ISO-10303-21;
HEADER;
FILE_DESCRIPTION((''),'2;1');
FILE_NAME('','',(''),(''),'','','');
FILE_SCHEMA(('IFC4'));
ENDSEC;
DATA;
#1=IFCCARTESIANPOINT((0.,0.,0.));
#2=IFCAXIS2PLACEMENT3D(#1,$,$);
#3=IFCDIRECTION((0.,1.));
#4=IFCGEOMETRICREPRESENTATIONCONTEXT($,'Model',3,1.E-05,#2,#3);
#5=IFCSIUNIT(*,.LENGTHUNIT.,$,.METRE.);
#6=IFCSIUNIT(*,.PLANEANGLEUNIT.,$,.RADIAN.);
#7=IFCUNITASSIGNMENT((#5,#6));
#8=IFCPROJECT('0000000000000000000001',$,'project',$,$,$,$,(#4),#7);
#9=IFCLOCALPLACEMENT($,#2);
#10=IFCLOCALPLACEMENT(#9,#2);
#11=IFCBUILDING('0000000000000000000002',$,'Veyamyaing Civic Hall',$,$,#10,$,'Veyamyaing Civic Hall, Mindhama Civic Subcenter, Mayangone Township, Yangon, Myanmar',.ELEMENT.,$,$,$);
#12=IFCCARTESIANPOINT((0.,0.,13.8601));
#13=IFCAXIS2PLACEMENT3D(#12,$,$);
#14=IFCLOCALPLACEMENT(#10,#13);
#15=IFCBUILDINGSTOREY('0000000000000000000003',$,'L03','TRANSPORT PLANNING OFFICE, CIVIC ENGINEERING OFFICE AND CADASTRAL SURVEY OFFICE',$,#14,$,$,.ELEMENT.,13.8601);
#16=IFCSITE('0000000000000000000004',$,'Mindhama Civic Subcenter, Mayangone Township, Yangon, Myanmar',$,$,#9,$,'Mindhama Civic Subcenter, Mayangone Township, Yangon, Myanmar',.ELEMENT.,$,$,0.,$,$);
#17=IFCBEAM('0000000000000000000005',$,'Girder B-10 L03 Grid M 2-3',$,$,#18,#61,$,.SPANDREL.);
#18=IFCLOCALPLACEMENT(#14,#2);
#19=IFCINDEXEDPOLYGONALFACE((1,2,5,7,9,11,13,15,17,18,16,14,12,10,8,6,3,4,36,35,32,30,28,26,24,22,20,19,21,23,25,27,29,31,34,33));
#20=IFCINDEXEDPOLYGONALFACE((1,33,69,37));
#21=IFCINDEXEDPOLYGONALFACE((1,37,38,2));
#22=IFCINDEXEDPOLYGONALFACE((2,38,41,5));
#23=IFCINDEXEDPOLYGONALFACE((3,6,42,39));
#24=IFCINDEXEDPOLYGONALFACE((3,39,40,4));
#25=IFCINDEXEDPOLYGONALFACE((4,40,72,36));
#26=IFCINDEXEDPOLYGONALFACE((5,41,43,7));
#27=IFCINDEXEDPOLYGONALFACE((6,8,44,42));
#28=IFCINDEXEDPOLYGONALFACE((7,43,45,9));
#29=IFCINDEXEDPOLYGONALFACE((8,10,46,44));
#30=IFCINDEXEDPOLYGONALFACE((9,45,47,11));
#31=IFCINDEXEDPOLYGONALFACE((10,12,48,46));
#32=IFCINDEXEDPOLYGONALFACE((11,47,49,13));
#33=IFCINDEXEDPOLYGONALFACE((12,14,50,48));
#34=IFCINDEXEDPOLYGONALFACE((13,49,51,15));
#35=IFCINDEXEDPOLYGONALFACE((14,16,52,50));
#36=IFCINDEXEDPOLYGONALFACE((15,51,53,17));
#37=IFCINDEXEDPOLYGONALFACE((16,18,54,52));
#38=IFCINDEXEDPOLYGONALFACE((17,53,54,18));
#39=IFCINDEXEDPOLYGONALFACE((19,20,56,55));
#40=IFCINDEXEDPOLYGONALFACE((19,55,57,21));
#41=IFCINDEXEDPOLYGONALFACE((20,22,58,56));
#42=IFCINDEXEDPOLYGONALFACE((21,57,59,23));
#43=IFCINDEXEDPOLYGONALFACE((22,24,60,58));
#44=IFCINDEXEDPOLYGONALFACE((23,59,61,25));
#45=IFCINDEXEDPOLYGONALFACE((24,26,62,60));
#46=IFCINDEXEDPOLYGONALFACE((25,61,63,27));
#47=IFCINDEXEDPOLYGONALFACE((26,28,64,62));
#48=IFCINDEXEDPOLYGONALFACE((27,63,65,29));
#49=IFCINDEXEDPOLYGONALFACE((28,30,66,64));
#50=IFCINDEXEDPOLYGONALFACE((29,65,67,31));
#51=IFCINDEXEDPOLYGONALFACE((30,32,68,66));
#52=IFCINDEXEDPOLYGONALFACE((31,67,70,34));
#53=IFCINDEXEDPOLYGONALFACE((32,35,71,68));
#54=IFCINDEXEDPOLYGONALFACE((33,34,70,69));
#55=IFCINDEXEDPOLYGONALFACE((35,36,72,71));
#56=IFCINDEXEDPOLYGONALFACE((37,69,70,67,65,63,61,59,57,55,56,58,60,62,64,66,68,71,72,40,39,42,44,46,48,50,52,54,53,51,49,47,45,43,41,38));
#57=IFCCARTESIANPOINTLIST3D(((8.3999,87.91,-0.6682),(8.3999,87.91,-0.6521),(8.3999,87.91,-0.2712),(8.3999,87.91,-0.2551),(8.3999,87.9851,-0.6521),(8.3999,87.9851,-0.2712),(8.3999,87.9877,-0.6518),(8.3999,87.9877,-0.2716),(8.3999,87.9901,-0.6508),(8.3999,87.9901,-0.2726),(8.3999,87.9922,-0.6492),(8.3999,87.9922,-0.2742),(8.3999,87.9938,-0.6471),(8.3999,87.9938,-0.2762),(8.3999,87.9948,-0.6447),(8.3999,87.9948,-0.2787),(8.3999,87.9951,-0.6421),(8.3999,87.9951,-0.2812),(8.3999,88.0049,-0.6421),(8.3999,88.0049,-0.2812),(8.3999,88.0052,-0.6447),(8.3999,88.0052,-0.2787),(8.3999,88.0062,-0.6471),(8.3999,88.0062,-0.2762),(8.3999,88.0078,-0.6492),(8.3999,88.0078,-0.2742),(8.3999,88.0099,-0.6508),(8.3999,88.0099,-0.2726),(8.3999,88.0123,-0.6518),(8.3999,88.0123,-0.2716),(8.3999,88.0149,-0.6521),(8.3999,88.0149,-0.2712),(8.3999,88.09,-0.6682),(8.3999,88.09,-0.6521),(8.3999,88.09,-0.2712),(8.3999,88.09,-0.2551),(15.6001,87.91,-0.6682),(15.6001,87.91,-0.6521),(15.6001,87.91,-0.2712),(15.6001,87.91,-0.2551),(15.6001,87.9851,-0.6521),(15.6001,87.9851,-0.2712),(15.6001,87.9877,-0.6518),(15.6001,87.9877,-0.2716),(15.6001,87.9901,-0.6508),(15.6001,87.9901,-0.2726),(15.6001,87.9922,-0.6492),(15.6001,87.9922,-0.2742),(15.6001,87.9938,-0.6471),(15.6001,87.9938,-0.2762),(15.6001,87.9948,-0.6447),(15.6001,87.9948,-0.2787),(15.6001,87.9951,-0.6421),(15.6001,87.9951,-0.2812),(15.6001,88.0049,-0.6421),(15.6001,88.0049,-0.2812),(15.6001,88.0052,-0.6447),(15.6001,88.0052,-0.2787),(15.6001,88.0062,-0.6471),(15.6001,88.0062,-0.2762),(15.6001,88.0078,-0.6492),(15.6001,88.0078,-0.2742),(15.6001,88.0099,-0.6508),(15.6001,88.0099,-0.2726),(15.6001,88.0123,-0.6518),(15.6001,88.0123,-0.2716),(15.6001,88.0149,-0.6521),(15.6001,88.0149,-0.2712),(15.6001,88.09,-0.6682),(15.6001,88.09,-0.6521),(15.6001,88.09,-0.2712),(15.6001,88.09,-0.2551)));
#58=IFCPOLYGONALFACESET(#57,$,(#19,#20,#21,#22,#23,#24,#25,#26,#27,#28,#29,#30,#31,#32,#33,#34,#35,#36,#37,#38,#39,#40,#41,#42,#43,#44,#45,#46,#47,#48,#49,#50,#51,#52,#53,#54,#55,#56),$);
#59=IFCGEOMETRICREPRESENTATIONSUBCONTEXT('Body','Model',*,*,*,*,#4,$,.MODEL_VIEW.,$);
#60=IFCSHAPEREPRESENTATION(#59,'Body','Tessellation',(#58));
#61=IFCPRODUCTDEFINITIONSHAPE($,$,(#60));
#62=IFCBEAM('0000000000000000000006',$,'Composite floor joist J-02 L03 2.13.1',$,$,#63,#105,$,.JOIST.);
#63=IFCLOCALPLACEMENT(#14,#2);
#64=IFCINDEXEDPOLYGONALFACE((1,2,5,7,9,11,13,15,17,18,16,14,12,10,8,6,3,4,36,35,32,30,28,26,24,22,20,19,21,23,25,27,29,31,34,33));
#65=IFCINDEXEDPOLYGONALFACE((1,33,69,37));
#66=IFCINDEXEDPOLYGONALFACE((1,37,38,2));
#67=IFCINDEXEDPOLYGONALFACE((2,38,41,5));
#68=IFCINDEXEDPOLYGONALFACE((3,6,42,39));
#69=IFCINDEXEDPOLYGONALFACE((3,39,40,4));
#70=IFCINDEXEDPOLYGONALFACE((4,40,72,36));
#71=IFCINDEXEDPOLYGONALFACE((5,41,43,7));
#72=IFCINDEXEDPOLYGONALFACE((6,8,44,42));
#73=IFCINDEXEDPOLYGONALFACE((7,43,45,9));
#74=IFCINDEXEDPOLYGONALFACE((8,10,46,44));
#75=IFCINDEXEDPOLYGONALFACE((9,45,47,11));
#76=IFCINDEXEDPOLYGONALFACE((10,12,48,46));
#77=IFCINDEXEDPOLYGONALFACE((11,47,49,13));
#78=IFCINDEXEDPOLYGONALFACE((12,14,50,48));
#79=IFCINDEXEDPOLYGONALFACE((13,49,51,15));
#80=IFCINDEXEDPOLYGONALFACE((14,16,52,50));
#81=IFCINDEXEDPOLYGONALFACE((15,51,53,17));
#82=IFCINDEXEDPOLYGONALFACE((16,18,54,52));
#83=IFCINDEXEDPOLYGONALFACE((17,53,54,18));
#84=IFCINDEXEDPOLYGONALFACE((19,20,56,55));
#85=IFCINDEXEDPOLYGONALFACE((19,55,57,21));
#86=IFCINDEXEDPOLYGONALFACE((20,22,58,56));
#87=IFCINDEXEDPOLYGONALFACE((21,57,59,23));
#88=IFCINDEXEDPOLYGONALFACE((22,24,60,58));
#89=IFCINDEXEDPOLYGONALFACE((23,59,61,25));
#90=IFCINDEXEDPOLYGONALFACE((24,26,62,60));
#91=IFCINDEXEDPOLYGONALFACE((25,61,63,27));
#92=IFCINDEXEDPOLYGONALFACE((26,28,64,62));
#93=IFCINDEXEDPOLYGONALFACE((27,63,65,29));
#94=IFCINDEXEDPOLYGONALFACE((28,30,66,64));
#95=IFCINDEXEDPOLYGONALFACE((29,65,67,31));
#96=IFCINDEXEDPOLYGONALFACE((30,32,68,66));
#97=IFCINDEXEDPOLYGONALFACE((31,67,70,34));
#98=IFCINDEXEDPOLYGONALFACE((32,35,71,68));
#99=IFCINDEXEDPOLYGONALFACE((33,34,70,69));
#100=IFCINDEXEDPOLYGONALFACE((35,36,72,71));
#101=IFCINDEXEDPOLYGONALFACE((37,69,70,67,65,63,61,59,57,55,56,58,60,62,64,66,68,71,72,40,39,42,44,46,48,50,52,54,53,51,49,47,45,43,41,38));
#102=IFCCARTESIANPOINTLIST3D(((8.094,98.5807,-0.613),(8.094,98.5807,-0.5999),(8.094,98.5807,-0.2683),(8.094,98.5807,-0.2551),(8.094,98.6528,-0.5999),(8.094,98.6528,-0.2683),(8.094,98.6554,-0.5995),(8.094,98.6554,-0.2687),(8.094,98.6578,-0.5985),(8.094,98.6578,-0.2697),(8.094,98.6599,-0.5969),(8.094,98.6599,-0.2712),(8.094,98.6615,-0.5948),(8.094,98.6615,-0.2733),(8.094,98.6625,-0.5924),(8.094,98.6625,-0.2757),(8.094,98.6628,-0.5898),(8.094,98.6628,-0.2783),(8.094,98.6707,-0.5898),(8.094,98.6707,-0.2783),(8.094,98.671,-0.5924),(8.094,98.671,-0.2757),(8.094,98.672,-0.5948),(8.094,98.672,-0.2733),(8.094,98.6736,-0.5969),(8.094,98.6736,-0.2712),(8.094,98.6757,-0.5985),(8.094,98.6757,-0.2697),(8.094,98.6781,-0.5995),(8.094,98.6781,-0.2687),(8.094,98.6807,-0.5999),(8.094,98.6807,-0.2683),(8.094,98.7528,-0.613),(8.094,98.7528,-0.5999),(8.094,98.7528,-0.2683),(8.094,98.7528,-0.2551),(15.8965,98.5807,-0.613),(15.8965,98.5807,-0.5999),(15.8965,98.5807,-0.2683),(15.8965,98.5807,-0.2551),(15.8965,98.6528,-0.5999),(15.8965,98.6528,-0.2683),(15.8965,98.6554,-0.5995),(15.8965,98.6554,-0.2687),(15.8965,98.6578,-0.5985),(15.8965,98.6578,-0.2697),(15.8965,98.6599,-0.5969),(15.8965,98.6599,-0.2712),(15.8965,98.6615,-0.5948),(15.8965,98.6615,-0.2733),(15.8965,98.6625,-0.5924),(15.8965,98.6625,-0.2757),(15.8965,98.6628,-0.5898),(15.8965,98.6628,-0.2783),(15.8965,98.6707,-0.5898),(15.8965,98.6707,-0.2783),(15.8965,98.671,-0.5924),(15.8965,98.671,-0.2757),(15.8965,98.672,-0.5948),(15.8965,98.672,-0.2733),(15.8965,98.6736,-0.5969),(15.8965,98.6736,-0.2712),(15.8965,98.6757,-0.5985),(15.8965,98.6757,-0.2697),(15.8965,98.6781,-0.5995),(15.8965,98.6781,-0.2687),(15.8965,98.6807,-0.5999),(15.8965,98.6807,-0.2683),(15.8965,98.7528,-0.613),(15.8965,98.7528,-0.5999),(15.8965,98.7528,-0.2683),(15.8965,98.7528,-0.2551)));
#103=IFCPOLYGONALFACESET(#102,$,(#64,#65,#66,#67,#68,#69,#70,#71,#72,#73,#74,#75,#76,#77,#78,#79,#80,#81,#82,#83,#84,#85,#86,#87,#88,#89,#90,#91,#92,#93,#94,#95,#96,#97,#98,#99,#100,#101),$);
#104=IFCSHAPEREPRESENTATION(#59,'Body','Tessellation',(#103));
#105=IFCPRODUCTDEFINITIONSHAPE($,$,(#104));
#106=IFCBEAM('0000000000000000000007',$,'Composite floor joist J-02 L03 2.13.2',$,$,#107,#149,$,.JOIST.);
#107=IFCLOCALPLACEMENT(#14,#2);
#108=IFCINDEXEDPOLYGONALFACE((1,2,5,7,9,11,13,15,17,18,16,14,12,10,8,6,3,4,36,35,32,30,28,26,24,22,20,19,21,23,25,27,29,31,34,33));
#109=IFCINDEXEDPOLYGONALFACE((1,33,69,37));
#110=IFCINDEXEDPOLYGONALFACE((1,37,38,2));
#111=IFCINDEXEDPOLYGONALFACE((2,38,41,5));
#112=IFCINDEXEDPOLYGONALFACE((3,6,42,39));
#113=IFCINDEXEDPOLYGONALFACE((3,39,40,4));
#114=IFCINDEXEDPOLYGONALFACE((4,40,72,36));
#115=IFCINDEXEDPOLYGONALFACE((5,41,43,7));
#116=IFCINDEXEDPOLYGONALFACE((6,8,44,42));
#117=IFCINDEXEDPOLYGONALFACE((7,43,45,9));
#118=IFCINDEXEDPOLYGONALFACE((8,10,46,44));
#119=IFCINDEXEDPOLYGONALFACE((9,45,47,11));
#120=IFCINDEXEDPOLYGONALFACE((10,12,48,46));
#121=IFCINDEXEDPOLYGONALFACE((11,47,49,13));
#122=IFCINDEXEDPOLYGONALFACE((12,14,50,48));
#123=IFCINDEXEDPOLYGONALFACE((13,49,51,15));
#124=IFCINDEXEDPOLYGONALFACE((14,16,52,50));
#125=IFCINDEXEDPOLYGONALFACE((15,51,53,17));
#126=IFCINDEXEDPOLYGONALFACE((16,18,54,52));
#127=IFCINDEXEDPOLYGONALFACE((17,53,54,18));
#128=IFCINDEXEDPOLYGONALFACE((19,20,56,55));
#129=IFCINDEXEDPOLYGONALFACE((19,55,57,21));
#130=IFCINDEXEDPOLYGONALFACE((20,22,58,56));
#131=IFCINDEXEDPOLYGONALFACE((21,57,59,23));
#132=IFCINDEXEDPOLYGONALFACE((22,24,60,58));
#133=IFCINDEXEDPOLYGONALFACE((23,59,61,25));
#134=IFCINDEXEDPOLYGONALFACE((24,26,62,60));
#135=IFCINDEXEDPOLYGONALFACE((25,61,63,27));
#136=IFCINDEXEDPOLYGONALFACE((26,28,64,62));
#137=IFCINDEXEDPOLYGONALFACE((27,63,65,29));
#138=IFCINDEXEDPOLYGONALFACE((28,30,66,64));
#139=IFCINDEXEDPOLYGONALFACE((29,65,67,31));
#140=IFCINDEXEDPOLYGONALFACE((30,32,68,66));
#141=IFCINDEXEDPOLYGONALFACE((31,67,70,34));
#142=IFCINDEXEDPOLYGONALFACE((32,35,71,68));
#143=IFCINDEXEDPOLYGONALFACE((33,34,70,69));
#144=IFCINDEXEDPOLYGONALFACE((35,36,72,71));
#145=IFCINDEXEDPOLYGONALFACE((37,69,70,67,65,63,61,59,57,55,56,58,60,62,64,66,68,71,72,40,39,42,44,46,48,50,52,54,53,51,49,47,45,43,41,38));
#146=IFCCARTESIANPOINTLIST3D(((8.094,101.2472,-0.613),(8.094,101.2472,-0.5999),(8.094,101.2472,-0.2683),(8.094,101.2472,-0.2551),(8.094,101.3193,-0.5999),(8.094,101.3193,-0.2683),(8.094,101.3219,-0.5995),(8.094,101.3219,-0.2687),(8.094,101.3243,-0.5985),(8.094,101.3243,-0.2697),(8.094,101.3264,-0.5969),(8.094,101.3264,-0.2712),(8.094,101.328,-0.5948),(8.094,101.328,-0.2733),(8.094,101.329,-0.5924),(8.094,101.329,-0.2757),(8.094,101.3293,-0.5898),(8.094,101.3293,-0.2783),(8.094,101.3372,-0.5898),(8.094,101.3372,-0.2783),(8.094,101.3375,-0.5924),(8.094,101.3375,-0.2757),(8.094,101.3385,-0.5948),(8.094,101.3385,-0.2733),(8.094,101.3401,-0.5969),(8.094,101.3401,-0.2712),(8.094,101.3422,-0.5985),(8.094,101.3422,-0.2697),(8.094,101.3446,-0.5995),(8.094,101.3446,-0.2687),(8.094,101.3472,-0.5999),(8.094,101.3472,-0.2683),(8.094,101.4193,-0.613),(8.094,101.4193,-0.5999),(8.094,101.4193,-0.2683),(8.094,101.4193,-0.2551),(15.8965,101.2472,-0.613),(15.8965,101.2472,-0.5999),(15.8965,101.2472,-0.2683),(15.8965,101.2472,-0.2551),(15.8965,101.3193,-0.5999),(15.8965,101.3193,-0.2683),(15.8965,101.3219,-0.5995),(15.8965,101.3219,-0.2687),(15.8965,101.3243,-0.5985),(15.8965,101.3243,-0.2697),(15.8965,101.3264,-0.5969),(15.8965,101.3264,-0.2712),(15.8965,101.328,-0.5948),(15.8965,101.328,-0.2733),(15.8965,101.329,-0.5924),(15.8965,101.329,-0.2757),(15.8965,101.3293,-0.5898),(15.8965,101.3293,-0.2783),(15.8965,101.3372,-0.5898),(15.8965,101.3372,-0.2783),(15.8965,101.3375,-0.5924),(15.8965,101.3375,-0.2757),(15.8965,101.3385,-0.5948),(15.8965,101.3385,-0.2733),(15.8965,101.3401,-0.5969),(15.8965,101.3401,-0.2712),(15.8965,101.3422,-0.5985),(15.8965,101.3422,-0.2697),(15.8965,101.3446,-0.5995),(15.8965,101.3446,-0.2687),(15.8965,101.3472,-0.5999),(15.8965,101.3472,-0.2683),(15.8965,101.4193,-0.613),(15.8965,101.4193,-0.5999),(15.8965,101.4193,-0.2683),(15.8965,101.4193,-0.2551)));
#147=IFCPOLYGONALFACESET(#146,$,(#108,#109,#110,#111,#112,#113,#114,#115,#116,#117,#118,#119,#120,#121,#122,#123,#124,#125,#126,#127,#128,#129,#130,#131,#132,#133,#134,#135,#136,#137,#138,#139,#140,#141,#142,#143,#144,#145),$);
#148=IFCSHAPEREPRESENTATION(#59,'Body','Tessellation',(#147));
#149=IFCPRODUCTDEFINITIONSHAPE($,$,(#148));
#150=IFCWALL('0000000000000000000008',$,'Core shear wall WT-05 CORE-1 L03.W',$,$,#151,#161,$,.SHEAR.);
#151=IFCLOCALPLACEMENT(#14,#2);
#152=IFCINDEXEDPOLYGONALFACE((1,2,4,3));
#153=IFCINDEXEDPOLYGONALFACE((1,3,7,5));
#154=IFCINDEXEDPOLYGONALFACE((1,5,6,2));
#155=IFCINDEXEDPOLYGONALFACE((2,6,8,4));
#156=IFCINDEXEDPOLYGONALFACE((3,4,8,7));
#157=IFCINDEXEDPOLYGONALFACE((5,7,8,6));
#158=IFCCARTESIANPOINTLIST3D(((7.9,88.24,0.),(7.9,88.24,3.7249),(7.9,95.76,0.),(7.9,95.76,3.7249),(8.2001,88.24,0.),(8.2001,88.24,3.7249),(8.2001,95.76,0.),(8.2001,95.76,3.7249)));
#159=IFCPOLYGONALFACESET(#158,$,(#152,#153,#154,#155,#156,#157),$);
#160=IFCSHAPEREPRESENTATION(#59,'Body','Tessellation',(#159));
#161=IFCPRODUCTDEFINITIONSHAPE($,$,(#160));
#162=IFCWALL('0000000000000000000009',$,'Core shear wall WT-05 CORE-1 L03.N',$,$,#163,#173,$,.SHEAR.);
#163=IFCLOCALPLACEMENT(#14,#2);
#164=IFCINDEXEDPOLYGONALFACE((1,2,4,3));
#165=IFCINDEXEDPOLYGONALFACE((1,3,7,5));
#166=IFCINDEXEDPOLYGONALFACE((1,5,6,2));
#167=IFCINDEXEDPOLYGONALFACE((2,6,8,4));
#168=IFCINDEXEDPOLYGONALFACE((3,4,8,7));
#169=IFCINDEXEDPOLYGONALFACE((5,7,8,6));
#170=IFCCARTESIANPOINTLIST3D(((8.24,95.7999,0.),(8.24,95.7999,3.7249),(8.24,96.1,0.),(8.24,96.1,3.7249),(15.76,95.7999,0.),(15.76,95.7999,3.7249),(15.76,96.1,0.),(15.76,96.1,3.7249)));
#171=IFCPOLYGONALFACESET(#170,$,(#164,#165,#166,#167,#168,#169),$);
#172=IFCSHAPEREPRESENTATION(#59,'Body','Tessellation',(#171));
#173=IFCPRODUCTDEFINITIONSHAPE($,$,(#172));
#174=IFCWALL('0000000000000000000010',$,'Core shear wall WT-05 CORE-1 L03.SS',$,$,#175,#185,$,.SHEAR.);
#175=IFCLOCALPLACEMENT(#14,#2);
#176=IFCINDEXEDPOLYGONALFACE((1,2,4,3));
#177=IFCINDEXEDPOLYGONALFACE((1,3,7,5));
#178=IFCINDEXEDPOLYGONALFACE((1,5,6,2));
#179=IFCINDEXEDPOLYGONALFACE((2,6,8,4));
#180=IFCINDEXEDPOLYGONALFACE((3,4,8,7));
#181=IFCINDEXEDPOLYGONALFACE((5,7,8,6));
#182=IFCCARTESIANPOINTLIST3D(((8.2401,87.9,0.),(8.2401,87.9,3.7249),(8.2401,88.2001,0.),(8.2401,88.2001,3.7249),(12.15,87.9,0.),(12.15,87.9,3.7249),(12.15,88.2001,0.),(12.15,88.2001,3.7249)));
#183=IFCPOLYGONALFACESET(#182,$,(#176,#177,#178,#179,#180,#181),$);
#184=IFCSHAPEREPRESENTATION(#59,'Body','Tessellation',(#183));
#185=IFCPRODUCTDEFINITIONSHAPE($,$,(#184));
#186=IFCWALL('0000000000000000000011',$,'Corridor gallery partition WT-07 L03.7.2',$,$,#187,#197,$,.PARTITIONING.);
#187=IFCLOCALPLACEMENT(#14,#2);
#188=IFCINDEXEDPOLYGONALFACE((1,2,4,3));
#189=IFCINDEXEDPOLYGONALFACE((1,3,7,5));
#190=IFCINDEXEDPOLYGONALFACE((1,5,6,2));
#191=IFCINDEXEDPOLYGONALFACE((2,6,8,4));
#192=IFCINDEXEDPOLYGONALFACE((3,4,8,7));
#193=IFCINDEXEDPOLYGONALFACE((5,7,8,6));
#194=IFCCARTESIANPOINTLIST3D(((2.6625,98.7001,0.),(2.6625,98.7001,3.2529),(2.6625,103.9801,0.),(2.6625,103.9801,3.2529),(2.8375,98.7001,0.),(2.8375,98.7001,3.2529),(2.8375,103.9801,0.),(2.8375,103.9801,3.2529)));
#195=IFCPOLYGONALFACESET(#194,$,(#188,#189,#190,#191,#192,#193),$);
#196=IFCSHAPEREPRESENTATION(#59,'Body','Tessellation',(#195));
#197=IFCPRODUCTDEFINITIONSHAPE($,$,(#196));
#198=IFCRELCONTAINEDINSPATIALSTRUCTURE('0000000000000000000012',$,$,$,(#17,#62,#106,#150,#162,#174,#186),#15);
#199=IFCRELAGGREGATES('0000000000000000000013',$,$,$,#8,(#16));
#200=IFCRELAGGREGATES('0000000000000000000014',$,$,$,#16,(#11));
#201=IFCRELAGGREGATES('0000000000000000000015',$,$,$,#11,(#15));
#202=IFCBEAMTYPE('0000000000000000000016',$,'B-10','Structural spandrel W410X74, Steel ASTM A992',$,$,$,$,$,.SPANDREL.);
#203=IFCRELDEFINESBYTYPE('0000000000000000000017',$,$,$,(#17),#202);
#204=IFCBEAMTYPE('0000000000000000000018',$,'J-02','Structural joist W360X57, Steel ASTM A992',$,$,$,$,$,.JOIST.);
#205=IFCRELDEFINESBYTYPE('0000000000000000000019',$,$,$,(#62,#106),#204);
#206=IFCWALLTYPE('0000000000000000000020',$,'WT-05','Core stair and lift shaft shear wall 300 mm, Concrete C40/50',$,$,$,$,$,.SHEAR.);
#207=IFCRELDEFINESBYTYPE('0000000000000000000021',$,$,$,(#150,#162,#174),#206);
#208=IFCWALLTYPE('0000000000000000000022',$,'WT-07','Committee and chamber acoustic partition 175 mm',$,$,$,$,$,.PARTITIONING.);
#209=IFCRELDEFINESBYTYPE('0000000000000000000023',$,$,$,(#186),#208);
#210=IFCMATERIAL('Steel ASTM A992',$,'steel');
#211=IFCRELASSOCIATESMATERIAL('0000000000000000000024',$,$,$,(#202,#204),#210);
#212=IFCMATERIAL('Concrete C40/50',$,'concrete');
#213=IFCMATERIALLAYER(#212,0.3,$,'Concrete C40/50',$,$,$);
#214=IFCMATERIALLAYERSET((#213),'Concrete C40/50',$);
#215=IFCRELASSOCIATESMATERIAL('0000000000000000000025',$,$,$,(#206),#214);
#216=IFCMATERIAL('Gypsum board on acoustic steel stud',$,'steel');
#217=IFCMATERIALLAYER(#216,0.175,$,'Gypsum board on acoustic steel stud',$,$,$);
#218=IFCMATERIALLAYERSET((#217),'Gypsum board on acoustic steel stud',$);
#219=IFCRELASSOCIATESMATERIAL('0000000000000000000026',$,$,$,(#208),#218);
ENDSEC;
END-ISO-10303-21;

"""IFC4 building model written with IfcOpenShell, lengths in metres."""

from ifc_helpers import new_model, si_unit, direction, frame, frame_2d, origin, origin_2d, place, context, subcontext, project, spatial, rectangle, i_section, extrude, material, layer, layer_set, material_profile, profile_set, type_object, element, save


model = new_model("IFC4")

# Units and contexts
model_context = context("Model", 3, precision=1e-05, world=origin(), true_north=direction((0.0, 1.0)))
body_context = subcontext(model_context, "Body", "Model", "MODEL_VIEW")
ifc_project = project(units=[si_unit("LENGTHUNIT", "METRE"), si_unit("PLANEANGLEUNIT", "RADIAN")], contexts=[model_context])

# Site, building, storey
site_placement = place(None, origin())
site = spatial("IfcSite", under=ifc_project, at=site_placement, Name="Mindhama Civic Subcenter, Mayangone Township, Yangon, Myanmar", LongName="Mindhama Civic Subcenter, Mayangone Township, Yangon, Myanmar", CompositionType="ELEMENT", RefElevation=0.0)
building_placement = place(site_placement, origin())
building = spatial("IfcBuilding", under=site, at=building_placement, Name="Veyamyaing Civic Hall", LongName="Veyamyaing Civic Hall, Mindhama Civic Subcenter, Mayangone Township, Yangon, Myanmar", CompositionType="ELEMENT")
storey_placement = place(building_placement, frame((0.0, 0.0, 13.8601)))
storey = spatial("IfcBuildingStorey", under=building, at=storey_placement, Name="L03", Description="TRANSPORT PLANNING OFFICE, CIVIC ENGINEERING OFFICE AND CADASTRAL SURVEY OFFICE", CompositionType="ELEMENT", Elevation=13.8601)

# Beams
ifc_material_1 = material(Name="Steel ASTM A992", Category="steel")
ifc_material_profile_1 = material_profile(ifc_material_1, i_section(OverallWidth=0.1799, OverallDepth=0.4131, WebThickness=0.0098, FlangeThickness=0.0161, FilletRadius=0.01, at=origin_2d()), Name="W410X74")
ifc_profile_set_1 = profile_set([ifc_material_profile_1], Name="Steel ASTM A992")
beam_type_1 = type_object("IfcBeamType", Name="B-10", Description="Structural spandrel W410X74, Steel ASTM A992", PredefinedType="SPANDREL", material=ifc_profile_set_1)
beam_1_placement = place(storey_placement, frame((8.3999, 88.0, -0.4617), z_axis=(1.0, 0.0, 0.0), x_axis=(0.0, 1.0, 0.0)))
element("IfcBeam", 1, at=beam_1_placement, inside=storey, type_object=beam_type_1, Name="Girder B-10 L03 Grid M 2-3", PredefinedType="SPANDREL", context=body_context, shape_type="SweptSolid", body=[
    extrude(i_section(OverallWidth=0.1799, OverallDepth=0.4131, WebThickness=0.0098, FlangeThickness=0.0161, FilletRadius=0.01, at=origin_2d()), origin(), (0.0, 0.0, 1.0), 7.2002),
])
ifc_material_profile_2 = material_profile(ifc_material_1, i_section(OverallWidth=0.1721, OverallDepth=0.3579, WebThickness=0.0078, FlangeThickness=0.0132, FilletRadius=0.01, at=origin_2d()), Name="W360X57")
ifc_profile_set_2 = profile_set([ifc_material_profile_2], Name="Steel ASTM A992")
beam_type_2 = type_object("IfcBeamType", Name="J-02", Description="Structural joist W360X57, Steel ASTM A992", PredefinedType="JOIST", material=ifc_profile_set_2)
for number, where, z_axis, x_axis, name in (
    (2, (8.094, 98.6667, -0.4341), (1.0, 0.0, 0.0), (0.0, 1.0, 0.0), "Composite floor joist J-02 L03 2.13.1"),
    (3, (8.094, 101.3333, -0.4341), (1.0, 0.0, 0.0), (0.0, 1.0, 0.0), "Composite floor joist J-02 L03 2.13.2"),
):
    element("IfcBeam", number, at=place(storey_placement, frame(where, z_axis=z_axis, x_axis=x_axis)), inside=storey, type_object=beam_type_2, Name=name, PredefinedType="JOIST", context=body_context, shape_type="SweptSolid", body=[
        extrude(i_section(OverallWidth=0.1721, OverallDepth=0.3579, WebThickness=0.0078, FlangeThickness=0.0132, FilletRadius=0.01, at=origin_2d()), origin(), (0.0, 0.0, 1.0), 7.8025),
    ])

# Walls
ifc_material_2 = material(Name="Concrete C40/50", Category="concrete")
ifc_layer_1 = layer(ifc_material_2, 0.3, Name="Concrete C40/50")
ifc_layer_set_1 = layer_set([ifc_layer_1], Name="Concrete C40/50")
wall_type_1 = type_object("IfcWallType", Name="WT-05", Description="Core stair and lift shaft shear wall 300 mm, Concrete C40/50", PredefinedType="SHEAR", material=ifc_layer_set_1)
for number, where, z_axis, x_axis, name in (
    (4, (8.05, 88.24, 0.0), (0.0, 0.0, 1.0), (0.0, 1.0, 0.0), "Core shear wall WT-05 CORE-1 L03.W"),
    (5, (8.24, 95.95, 0.0), (0.0, 0.0, 1.0), (1.0, 0.0, 0.0), "Core shear wall WT-05 CORE-1 L03.N"),
):
    element("IfcWall", number, at=place(storey_placement, frame(where, z_axis=z_axis, x_axis=x_axis)), inside=storey, type_object=wall_type_1, Name=name, PredefinedType="SHEAR", context=body_context, shape_type="SweptSolid", body=[
        extrude(rectangle(XDim=7.52, YDim=0.3, at=frame_2d((3.76, 0.0))), origin(), (0.0, 0.0, 1.0), 3.7249),
    ])
wall_1_placement = place(storey_placement, frame((8.24, 88.05, 0.0), z_axis=(0.0, 0.0, 1.0), x_axis=(1.0, 0.0, 0.0)))
element("IfcWall", 6, at=wall_1_placement, inside=storey, type_object=wall_type_1, Name="Core shear wall WT-05 CORE-1 L03.SS", PredefinedType="SHEAR", context=body_context, shape_type="SweptSolid", body=[
    extrude(rectangle(XDim=3.9099, YDim=0.3, at=frame_2d((1.9551, 0.0))), origin(), (0.0, 0.0, 1.0), 3.7249),
])

# Shared definitions
ifc_material_3 = material(Name="Gypsum board on acoustic steel stud", Category="steel")
ifc_layer_2 = layer(ifc_material_3, 0.175, Name="Gypsum board on acoustic steel stud")
ifc_layer_set_2 = layer_set([ifc_layer_2], Name="Gypsum board on acoustic steel stud")
wall_type_2 = type_object("IfcWallType", Name="WT-07", Description="Committee and chamber acoustic partition 175 mm", PredefinedType="PARTITIONING", material=ifc_layer_set_2)

# Wall
wall_2_placement = place(storey_placement, frame((2.75, 98.7, 0.0), z_axis=(0.0, 0.0, 1.0), x_axis=(0.0, 1.0, 0.0)))
element("IfcWall", 7, at=wall_2_placement, inside=storey, type_object=wall_type_2, Name="Corridor gallery partition WT-07 L03.7.2", PredefinedType="PARTITIONING", context=body_context, shape_type="SweptSolid", body=[
    extrude(rectangle(XDim=5.28, YDim=0.175, at=frame_2d((2.6401, 0.0))), origin(), (0.0, 0.0, 1.0), 3.2529),
])

save(model, "model.ifc")
